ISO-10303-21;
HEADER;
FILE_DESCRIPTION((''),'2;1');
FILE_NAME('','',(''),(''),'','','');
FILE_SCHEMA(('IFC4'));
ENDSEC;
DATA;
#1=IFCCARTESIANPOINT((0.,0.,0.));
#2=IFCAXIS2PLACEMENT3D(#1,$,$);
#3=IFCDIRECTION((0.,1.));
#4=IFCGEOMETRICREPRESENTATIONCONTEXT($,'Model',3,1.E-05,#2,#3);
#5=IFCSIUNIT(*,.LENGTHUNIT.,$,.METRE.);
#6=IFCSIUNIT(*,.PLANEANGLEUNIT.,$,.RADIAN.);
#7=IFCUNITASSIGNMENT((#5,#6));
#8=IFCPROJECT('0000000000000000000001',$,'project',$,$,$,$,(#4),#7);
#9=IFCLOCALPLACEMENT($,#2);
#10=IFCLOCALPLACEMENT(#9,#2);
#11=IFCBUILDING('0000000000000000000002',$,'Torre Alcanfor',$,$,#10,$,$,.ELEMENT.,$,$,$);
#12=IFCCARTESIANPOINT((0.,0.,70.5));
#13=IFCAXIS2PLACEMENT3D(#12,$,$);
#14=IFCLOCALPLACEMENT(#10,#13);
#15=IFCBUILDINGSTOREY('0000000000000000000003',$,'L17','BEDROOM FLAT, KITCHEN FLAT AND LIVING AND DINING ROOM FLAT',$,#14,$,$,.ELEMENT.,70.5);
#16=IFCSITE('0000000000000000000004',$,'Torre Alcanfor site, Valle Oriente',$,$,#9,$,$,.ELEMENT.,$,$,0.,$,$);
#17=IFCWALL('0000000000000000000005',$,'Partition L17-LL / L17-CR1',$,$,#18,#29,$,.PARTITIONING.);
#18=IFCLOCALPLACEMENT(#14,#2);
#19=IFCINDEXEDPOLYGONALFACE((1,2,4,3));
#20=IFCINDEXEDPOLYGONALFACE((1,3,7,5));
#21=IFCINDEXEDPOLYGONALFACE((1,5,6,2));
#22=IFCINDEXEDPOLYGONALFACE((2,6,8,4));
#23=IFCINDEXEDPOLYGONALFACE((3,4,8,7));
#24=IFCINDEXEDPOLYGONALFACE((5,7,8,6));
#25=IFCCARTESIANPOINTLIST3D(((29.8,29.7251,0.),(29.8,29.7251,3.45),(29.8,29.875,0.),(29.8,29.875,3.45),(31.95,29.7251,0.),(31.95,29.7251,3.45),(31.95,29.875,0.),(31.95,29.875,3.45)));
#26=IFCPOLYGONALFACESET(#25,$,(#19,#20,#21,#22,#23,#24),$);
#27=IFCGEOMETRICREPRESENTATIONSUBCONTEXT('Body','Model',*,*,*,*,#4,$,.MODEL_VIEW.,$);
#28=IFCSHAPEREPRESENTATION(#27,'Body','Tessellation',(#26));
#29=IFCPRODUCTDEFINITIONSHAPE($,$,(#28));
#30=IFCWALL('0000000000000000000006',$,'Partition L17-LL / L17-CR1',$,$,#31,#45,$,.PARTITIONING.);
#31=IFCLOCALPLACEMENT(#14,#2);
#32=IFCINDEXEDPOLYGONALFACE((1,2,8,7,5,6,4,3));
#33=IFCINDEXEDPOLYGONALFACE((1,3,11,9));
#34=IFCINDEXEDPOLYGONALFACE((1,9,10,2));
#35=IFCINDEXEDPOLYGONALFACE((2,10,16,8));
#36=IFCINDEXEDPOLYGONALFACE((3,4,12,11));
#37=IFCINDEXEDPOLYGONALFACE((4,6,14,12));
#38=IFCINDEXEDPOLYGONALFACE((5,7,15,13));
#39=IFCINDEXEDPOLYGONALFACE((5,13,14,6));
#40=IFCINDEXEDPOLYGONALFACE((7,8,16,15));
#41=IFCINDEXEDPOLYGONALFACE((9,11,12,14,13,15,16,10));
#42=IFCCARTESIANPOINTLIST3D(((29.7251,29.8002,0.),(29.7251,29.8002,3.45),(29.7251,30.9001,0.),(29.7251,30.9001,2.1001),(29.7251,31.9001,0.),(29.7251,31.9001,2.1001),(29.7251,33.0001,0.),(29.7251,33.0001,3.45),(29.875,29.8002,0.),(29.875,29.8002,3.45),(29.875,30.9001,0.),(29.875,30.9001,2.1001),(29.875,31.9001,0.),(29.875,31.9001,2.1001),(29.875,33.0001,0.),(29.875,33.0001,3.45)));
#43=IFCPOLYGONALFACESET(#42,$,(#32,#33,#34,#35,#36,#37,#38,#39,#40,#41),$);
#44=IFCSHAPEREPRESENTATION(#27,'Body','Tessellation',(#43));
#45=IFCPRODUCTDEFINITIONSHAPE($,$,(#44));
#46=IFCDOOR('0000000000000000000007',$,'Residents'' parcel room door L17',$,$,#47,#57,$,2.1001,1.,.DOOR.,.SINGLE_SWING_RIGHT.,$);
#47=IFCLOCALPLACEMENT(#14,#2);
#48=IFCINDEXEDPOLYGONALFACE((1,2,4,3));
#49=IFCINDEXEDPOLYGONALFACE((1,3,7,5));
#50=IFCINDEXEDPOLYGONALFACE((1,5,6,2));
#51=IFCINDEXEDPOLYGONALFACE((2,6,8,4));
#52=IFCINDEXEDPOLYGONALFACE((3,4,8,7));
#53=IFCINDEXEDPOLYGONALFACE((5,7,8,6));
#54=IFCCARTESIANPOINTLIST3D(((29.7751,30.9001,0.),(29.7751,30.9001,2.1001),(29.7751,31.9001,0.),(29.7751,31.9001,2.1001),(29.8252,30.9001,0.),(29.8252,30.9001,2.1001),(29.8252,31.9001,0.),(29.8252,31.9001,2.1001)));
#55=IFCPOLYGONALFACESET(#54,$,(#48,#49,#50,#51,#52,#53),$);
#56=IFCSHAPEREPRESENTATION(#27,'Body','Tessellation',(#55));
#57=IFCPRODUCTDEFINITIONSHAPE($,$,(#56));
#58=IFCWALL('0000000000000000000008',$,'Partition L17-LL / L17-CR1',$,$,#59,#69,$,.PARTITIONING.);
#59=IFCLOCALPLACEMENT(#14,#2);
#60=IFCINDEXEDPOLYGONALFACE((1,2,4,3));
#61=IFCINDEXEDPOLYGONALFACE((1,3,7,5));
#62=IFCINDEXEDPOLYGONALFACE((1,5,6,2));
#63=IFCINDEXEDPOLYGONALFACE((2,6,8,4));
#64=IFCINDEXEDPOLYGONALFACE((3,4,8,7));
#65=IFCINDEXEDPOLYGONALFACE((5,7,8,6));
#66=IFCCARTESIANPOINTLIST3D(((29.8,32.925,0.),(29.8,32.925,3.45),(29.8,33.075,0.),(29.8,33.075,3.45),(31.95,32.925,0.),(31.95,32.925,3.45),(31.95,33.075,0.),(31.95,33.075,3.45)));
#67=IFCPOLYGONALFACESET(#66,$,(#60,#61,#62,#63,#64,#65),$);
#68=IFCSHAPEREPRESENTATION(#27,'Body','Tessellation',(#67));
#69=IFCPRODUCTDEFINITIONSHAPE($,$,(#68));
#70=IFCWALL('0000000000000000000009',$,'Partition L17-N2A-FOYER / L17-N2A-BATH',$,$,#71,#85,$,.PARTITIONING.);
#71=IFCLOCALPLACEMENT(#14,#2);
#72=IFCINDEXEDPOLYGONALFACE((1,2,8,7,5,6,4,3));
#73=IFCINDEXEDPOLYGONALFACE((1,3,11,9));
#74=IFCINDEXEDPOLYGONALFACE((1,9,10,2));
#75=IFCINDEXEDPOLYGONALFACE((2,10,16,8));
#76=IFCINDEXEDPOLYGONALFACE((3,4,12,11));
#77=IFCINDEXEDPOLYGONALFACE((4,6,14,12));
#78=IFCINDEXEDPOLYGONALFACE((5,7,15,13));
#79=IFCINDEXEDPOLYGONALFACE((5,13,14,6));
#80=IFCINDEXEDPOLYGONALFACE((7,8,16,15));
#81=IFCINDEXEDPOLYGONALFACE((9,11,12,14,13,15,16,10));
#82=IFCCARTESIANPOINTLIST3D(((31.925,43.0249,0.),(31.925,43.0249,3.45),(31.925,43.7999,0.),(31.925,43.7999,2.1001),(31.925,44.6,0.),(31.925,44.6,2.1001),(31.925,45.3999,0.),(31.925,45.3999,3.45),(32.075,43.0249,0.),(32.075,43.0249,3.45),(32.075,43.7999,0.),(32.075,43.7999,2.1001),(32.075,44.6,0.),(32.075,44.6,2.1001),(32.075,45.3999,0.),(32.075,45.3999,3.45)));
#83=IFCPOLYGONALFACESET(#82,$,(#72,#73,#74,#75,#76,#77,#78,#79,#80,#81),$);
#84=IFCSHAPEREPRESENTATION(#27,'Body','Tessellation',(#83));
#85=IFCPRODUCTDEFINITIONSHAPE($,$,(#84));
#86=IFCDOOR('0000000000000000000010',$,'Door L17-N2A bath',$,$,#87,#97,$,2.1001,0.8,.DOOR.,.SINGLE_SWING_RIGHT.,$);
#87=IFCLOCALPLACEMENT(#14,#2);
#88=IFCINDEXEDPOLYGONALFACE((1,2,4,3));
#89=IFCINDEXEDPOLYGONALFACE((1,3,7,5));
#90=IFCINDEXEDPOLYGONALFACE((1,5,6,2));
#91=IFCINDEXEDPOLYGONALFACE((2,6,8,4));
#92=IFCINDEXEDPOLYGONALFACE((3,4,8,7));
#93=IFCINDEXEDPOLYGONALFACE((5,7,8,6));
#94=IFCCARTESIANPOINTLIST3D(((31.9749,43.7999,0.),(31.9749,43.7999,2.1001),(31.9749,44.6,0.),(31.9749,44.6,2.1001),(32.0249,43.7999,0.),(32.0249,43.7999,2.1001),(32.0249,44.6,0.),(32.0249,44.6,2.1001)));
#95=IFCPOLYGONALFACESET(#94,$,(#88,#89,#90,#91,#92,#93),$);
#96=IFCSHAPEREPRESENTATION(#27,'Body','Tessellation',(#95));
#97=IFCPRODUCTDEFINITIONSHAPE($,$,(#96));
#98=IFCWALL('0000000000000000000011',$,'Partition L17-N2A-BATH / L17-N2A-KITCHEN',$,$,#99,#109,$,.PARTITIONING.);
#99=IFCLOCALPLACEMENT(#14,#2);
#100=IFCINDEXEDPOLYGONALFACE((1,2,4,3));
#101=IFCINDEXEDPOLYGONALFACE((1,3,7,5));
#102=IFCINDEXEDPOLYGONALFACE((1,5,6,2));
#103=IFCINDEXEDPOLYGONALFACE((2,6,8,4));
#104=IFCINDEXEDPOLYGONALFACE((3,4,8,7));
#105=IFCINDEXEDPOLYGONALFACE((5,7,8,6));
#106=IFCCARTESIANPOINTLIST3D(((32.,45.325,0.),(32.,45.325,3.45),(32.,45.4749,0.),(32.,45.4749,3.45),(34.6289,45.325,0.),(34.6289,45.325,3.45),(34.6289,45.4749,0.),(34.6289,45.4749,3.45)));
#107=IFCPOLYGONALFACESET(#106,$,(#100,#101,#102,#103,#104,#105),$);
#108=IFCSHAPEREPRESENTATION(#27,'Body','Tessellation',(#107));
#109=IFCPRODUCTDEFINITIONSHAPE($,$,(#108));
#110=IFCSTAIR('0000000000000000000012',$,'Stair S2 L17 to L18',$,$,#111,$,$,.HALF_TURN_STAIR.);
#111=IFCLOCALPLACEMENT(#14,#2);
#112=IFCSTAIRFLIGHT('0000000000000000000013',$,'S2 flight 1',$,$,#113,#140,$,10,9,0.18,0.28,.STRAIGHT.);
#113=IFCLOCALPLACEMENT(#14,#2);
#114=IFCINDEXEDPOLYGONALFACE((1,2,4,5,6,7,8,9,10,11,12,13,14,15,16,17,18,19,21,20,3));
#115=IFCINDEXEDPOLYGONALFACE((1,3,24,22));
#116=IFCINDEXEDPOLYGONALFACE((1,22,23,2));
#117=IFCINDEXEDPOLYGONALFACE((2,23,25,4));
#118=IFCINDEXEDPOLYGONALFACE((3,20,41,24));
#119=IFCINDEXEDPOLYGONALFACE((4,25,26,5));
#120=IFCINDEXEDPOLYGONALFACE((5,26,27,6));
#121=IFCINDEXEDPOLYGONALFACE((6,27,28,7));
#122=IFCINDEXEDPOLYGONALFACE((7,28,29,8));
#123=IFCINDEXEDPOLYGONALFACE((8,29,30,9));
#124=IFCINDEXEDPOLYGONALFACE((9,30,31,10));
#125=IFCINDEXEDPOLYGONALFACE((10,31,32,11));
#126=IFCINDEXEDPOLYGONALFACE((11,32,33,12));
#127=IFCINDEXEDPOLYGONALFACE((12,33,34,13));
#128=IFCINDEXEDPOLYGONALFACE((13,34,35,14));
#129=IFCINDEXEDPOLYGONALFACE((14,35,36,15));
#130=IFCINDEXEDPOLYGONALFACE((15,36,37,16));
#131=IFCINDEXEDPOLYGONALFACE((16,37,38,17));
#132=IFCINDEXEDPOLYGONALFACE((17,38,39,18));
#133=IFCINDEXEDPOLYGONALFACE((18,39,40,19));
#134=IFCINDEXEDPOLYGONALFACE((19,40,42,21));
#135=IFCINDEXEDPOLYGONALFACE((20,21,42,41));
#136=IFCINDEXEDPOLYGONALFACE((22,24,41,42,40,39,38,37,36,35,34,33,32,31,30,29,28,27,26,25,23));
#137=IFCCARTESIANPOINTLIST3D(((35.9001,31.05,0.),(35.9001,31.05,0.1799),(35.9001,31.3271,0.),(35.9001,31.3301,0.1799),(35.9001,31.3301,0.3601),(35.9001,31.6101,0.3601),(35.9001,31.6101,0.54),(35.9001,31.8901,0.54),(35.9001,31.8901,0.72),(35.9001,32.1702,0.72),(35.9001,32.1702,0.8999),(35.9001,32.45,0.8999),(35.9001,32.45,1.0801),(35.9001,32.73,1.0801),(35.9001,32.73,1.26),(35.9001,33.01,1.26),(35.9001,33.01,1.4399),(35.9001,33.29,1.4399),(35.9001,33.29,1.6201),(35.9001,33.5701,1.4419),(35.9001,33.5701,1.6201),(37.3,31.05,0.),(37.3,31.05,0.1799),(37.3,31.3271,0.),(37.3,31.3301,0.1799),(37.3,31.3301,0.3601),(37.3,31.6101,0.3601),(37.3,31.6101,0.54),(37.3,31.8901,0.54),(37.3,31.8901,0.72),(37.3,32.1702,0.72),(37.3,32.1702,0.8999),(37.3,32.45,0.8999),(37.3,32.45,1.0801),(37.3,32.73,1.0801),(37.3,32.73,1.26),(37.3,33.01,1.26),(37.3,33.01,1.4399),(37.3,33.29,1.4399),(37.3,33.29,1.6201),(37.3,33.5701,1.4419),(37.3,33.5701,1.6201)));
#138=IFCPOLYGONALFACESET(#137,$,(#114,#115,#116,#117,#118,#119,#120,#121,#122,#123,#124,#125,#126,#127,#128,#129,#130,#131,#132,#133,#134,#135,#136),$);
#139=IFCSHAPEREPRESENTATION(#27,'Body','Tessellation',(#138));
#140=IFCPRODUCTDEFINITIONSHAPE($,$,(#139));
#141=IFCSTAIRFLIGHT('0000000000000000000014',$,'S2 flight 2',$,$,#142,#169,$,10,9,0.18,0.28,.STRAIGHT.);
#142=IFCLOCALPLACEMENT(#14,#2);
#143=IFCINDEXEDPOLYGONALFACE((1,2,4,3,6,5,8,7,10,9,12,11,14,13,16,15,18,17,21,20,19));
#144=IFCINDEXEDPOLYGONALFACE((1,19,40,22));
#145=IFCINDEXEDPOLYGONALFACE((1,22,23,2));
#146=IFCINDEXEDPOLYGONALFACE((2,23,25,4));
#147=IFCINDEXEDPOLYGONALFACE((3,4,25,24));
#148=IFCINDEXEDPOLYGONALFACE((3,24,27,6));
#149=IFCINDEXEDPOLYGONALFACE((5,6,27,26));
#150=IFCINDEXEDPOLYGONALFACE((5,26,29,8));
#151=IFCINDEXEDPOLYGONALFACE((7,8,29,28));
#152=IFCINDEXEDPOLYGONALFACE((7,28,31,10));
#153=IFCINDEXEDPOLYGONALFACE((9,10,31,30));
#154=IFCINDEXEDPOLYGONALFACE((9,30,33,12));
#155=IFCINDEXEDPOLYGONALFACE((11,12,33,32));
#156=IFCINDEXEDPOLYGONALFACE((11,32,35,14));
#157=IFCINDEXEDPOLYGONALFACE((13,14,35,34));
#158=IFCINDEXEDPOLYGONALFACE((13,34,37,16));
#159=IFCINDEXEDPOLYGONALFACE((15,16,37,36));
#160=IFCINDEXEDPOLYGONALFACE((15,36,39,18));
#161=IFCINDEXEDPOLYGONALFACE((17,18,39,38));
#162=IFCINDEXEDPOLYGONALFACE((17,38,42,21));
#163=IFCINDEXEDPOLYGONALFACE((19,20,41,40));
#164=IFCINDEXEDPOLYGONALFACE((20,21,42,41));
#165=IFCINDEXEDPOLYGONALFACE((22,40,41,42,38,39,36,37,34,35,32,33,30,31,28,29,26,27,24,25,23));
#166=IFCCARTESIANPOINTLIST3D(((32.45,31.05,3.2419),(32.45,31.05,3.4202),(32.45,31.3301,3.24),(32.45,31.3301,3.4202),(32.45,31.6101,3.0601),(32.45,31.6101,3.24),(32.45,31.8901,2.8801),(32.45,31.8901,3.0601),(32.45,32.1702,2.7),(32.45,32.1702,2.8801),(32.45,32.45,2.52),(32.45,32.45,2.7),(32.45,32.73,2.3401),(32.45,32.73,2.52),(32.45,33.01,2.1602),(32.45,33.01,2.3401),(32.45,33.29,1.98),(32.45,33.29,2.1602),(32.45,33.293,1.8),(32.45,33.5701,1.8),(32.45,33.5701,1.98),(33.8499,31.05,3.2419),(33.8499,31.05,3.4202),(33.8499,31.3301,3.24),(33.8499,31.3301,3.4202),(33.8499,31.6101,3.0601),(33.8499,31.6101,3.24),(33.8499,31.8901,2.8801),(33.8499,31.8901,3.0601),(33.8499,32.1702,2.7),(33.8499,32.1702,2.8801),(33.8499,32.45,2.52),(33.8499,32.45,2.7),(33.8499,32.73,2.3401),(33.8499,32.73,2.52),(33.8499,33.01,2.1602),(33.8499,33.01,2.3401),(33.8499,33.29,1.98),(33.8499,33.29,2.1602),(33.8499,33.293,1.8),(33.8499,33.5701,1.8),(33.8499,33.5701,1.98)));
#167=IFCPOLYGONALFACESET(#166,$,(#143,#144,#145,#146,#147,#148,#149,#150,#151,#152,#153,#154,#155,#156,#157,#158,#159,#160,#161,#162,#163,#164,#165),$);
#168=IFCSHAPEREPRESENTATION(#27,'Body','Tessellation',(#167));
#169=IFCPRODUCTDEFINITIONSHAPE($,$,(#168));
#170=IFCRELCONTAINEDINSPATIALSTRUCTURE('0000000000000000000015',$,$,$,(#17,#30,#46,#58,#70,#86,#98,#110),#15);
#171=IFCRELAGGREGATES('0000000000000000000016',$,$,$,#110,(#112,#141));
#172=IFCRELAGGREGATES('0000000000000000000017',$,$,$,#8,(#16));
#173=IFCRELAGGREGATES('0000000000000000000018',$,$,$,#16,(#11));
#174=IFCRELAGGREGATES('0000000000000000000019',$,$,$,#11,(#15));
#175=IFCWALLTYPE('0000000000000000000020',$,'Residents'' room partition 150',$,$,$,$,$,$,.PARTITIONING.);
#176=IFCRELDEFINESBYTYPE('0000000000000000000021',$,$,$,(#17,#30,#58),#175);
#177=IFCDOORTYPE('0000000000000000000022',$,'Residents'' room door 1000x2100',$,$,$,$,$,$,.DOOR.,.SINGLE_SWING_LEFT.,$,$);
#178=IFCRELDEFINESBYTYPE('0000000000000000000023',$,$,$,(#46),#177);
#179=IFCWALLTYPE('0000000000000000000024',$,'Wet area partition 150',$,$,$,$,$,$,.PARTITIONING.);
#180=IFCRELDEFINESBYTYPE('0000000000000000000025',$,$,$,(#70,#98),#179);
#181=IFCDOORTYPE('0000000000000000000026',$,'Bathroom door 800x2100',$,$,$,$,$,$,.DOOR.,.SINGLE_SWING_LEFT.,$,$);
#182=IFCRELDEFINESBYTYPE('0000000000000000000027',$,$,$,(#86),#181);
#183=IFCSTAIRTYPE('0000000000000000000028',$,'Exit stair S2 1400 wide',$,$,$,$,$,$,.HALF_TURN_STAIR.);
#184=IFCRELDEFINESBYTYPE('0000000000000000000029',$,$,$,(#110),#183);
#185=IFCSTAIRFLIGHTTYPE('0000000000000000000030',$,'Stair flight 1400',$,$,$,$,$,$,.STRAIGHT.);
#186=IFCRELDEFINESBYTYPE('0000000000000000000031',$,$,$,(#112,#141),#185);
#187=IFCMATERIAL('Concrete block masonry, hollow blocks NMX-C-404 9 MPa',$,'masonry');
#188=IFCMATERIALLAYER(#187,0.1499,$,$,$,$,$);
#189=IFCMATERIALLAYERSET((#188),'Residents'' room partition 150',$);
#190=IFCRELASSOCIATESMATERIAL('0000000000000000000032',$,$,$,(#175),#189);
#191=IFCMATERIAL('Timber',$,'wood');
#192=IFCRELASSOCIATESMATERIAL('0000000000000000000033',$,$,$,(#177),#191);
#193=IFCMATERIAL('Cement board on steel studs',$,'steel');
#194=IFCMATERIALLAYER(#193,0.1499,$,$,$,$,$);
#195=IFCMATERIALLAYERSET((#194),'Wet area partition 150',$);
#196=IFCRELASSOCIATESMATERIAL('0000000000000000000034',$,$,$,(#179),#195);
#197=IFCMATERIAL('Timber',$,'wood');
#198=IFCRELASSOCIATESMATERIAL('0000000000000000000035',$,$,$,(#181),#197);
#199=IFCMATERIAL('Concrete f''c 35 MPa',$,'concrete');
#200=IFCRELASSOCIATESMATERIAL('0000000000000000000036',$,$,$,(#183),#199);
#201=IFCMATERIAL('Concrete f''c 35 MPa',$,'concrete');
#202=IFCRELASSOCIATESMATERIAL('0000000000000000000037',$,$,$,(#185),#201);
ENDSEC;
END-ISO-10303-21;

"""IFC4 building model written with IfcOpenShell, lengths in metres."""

from ifc_helpers import new_model, si_unit, direction, frame, frame_2d, origin, place, context, subcontext, project, spatial, polyline, rectangle, outline, extrude, material, layer, layer_set, type_object, element, fill, aggregate, save


model = new_model("IFC4")

# Units and contexts
model_context = context("Model", 3, precision=1e-05, world=origin(), true_north=direction((0.0, 1.0)))
body_context = subcontext(model_context, "Body", "Model", "MODEL_VIEW")
ifc_project = project(units=[si_unit("LENGTHUNIT", "METRE"), si_unit("PLANEANGLEUNIT", "RADIAN")], contexts=[model_context])

# Site, building, storey
site_placement = place(None, origin())
site = spatial("IfcSite", under=ifc_project, at=site_placement, Name="Torre Alcanfor site, Valle Oriente", CompositionType="ELEMENT", RefElevation=0.0)
building_placement = place(site_placement, origin())
building = spatial("IfcBuilding", under=site, at=building_placement, Name="Torre Alcanfor", CompositionType="ELEMENT")
storey_placement = place(building_placement, frame((0.0, 0.0, 70.5)))
storey = spatial("IfcBuildingStorey", under=building, at=storey_placement, Name="L17", Description="BEDROOM FLAT, KITCHEN FLAT AND LIVING AND DINING ROOM FLAT", CompositionType="ELEMENT", Elevation=70.5)

# Wall
ifc_material_1 = material(Name="Concrete block masonry, hollow blocks NMX-C-404 9 MPa", Category="masonry")
ifc_layer_1 = layer(ifc_material_1, 0.1499)
ifc_layer_set_1 = layer_set([ifc_layer_1], Name="Residents' room partition 150")
wall_type_1 = type_object("IfcWallType", Name="Residents' room partition 150", PredefinedType="PARTITIONING", material=ifc_layer_set_1)
wall_1_placement = place(storey_placement, frame((31.95, 29.8, 0.0), z_axis=(0.0, 0.0, 1.0), x_axis=(-1.0, 0.0, 0.0)))
element("IfcWall", 1, at=wall_1_placement, inside=storey, type_object=wall_type_1, Name="Partition L17-LL / L17-CR1", PredefinedType="PARTITIONING", context=body_context, shape_type="SweptSolid", body=[
    extrude(rectangle(XDim=2.1499, YDim=0.1499, at=frame_2d((1.075, 0.0))), origin(), (0.0, 0.0, 1.0), 3.45),
])

# Wall, opening, door
wall_2_placement = place(storey_placement, frame((29.8, 29.8, 0.0), z_axis=(0.0, 0.0, 1.0), x_axis=(0.0, 1.0, 0.0)))
wall_2 = element("IfcWall", 2, at=wall_2_placement, inside=storey, type_object=wall_type_1, Name="Partition L17-LL / L17-CR1", PredefinedType="PARTITIONING", context=body_context, shape_type="SweptSolid", body=[
    extrude(rectangle(XDim=3.2, YDim=0.1499, at=frame_2d((1.6001, 0.0))), origin(), (0.0, 0.0, 1.0), 3.45),
])
opening_1_placement = place(wall_2_placement, frame((1.1001, 0.0, 0.0)))
opening_1 = element("IfcOpeningElement", 3, at=opening_1_placement, cuts=wall_2, PredefinedType="OPENING", context=body_context, shape_type="SweptSolid", body=[
    extrude(rectangle(XDim=1.0, YDim=2.1001, at=frame_2d((0.5, 1.05))), frame((0.0, 0.085, 0.0), z_axis=(0.0, -1.0, 0.0), x_axis=(1.0, 0.0, 0.0)), (0.0, 0.0, 1.0), 0.1699),
])
ifc_material_2 = material(Name="Timber", Category="wood")
door_type_1 = type_object("IfcDoorType", Name="Residents' room door 1000x2100", OperationType="SINGLE_SWING_LEFT", PredefinedType="DOOR", material=ifc_material_2)
door_1_placement = place(opening_1_placement, frame((1.0, 0.0, 0.0), z_axis=(0.0, 0.0, 1.0), x_axis=(-1.0, 0.0, 0.0)))
door_1 = element("IfcDoor", 4, at=door_1_placement, inside=storey, type_object=door_type_1, Name="Residents' parcel room door L17", OperationType="SINGLE_SWING_RIGHT", OverallHeight=2.1001, OverallWidth=1.0, PredefinedType="DOOR", context=body_context, shape_type="SweptSolid", body=[
    extrude(rectangle(XDim=1.0, YDim=2.1001, at=frame_2d((0.5, 1.05))), frame((0.0, 0.0251, 0.0), z_axis=(0.0, -1.0, 0.0), x_axis=(1.0, 0.0, 0.0)), (0.0, 0.0, 1.0), 0.05),
])
fill(opening_1, door_1)

# Wall
wall_3_placement = place(storey_placement, frame((29.8, 33.0, 0.0), z_axis=(0.0, 0.0, 1.0), x_axis=(1.0, 0.0, 0.0)))
element("IfcWall", 5, at=wall_3_placement, inside=storey, type_object=wall_type_1, Name="Partition L17-LL / L17-CR1", PredefinedType="PARTITIONING", context=body_context, shape_type="SweptSolid", body=[
    extrude(rectangle(XDim=2.1499, YDim=0.1499, at=frame_2d((1.075, 0.0))), origin(), (0.0, 0.0, 1.0), 3.45),
])

# Wall, opening, door
ifc_material_3 = material(Name="Cement board on steel studs", Category="steel")
ifc_layer_2 = layer(ifc_material_3, 0.1499)
ifc_layer_set_2 = layer_set([ifc_layer_2], Name="Wet area partition 150")
wall_type_2 = type_object("IfcWallType", Name="Wet area partition 150", PredefinedType="PARTITIONING", material=ifc_layer_set_2)
wall_4_placement = place(storey_placement, frame((32.0, 45.3999, 0.0), z_axis=(0.0, 0.0, 1.0), x_axis=(0.0, -1.0, 0.0)))
wall_4 = element("IfcWall", 6, at=wall_4_placement, inside=storey, type_object=wall_type_2, Name="Partition L17-N2A-FOYER / L17-N2A-BATH", PredefinedType="PARTITIONING", context=body_context, shape_type="SweptSolid", body=[
    extrude(rectangle(XDim=2.375, YDim=0.1499, at=frame_2d((1.1875, 0.0))), origin(), (0.0, 0.0, 1.0), 3.45),
])
opening_2_placement = place(wall_4_placement, frame((0.8, 0.0, 0.0)))
opening_2 = element("IfcOpeningElement", 7, at=opening_2_placement, cuts=wall_4, PredefinedType="OPENING", context=body_context, shape_type="SweptSolid", body=[
    extrude(rectangle(XDim=0.8, YDim=2.1001, at=frame_2d((0.3999, 1.05))), frame((0.0, 0.085, 0.0), z_axis=(0.0, -1.0, 0.0), x_axis=(1.0, 0.0, 0.0)), (0.0, 0.0, 1.0), 0.1699),
])
ifc_material_4 = material(Name="Timber", Category="wood")
door_type_2 = type_object("IfcDoorType", Name="Bathroom door 800x2100", OperationType="SINGLE_SWING_LEFT", PredefinedType="DOOR", material=ifc_material_4)
door_2_placement = place(opening_2_placement, origin())
door_2 = element("IfcDoor", 8, at=door_2_placement, inside=storey, type_object=door_type_2, Name="Door L17-N2A bath", OperationType="SINGLE_SWING_RIGHT", OverallHeight=2.1001, OverallWidth=0.8, PredefinedType="DOOR", context=body_context, shape_type="SweptSolid", body=[
    extrude(rectangle(XDim=0.8, YDim=2.1001, at=frame_2d((0.3999, 1.05))), frame((0.0, 0.0249, 0.0), z_axis=(0.0, -1.0, 0.0), x_axis=(1.0, 0.0, 0.0)), (0.0, 0.0, 1.0), 0.05),
])
fill(opening_2, door_2)

# Wall
wall_5_placement = place(storey_placement, frame((32.0, 45.3999, 0.0), z_axis=(0.0, 0.0, 1.0), x_axis=(1.0, 0.0, 0.0)))
element("IfcWall", 9, at=wall_5_placement, inside=storey, type_object=wall_type_2, Name="Partition L17-N2A-BATH / L17-N2A-KITCHEN", PredefinedType="PARTITIONING", context=body_context, shape_type="SweptSolid", body=[
    extrude(rectangle(XDim=2.6289, YDim=0.1499, at=frame_2d((1.3145, 0.0))), origin(), (0.0, 0.0, 1.0), 3.45),
])

# Stair, stair flights
ifc_material_5 = material(Name="Concrete f'c 35 MPa", Category="concrete")
stair_type = type_object("IfcStairType", Name="Exit stair S2 1400 wide", PredefinedType="HALF_TURN_STAIR", material=ifc_material_5)
stair_placement = place(storey_placement, origin())
stair = element("IfcStair", 10, at=stair_placement, inside=storey, type_object=stair_type, Name="Stair S2 L17 to L18", PredefinedType="HALF_TURN_STAIR")
ifc_material_6 = material(Name="Concrete f'c 35 MPa", Category="concrete")
stair_flight_type = type_object("IfcStairFlightType", Name="Stair flight 1400", PredefinedType="STRAIGHT", material=ifc_material_6)
stair_flight_1_placement = place(storey_placement, frame((36.6001, 31.05, 0.0), z_axis=(0.0, 0.0, 1.0), x_axis=(0.0, 1.0, 0.0)))
stair_flight_1 = element("IfcStairFlight", 11, at=stair_flight_1_placement, type_object=stair_flight_type, Name="S2 flight 1", NumberOfRisers=10, NumberOfTreads=9, PredefinedType="STRAIGHT", RiserHeight=0.18, TreadLength=0.28, context=body_context, shape_type="SweptSolid", body=[
    extrude(outline(polyline([(0.0, 0.0), (0.0, 0.1799), (0.28, 0.1799), (0.28, 0.3601), (0.5601, 0.3601), (0.5601, 0.54), (0.8401, 0.54), (0.8401, 0.72), (1.1201, 0.72), (1.1201, 0.8999), (1.3999, 0.8999), (1.3999, 1.0801), (1.6799, 1.0801), (1.6799, 1.26), (1.96, 1.26), (1.96, 1.4399), (2.24, 1.4399), (2.24, 1.6201), (2.52, 1.6201), (2.52, 1.8), (2.52, 1.4419), (0.2771, 0.0), (0.0, 0.0)])), frame((0.0, 0.7, 0.0), z_axis=(0.0, -1.0, 0.0), x_axis=(1.0, 0.0, 0.0)), (0.0, 0.0, 1.0), 1.3999),
])
stair_flight_2_placement = place(storey_placement, frame((33.1499, 33.5701, 1.8), z_axis=(0.0, 0.0, 1.0), x_axis=(0.0, -1.0, 0.0)))
stair_flight_2 = element("IfcStairFlight", 12, at=stair_flight_2_placement, type_object=stair_flight_type, Name="S2 flight 2", NumberOfRisers=10, NumberOfTreads=9, PredefinedType="STRAIGHT", RiserHeight=0.18, TreadLength=0.28, context=body_context, shape_type="SweptSolid", body=[
    extrude(outline(polyline([(0.0, 0.0), (0.0, 0.1799), (0.28, 0.1799), (0.28, 0.3601), (0.5601, 0.3601), (0.5601, 0.54), (0.8401, 0.54), (0.8401, 0.72), (1.1201, 0.72), (1.1201, 0.8999), (1.3999, 0.8999), (1.3999, 1.0801), (1.6799, 1.0801), (1.6799, 1.26), (1.96, 1.26), (1.96, 1.4399), (2.24, 1.4399), (2.24, 1.6201), (2.52, 1.6201), (2.52, 1.8), (2.52, 1.4419), (0.2771, 0.0), (0.0, 0.0)])), frame((0.0, 0.7, 0.0), z_axis=(0.0, -1.0, 0.0), x_axis=(1.0, 0.0, 0.0)), (0.0, 0.0, 1.0), 1.3999),
])
aggregate(stair, [stair_flight_1, stair_flight_2])

save(model, "model.ifc")
